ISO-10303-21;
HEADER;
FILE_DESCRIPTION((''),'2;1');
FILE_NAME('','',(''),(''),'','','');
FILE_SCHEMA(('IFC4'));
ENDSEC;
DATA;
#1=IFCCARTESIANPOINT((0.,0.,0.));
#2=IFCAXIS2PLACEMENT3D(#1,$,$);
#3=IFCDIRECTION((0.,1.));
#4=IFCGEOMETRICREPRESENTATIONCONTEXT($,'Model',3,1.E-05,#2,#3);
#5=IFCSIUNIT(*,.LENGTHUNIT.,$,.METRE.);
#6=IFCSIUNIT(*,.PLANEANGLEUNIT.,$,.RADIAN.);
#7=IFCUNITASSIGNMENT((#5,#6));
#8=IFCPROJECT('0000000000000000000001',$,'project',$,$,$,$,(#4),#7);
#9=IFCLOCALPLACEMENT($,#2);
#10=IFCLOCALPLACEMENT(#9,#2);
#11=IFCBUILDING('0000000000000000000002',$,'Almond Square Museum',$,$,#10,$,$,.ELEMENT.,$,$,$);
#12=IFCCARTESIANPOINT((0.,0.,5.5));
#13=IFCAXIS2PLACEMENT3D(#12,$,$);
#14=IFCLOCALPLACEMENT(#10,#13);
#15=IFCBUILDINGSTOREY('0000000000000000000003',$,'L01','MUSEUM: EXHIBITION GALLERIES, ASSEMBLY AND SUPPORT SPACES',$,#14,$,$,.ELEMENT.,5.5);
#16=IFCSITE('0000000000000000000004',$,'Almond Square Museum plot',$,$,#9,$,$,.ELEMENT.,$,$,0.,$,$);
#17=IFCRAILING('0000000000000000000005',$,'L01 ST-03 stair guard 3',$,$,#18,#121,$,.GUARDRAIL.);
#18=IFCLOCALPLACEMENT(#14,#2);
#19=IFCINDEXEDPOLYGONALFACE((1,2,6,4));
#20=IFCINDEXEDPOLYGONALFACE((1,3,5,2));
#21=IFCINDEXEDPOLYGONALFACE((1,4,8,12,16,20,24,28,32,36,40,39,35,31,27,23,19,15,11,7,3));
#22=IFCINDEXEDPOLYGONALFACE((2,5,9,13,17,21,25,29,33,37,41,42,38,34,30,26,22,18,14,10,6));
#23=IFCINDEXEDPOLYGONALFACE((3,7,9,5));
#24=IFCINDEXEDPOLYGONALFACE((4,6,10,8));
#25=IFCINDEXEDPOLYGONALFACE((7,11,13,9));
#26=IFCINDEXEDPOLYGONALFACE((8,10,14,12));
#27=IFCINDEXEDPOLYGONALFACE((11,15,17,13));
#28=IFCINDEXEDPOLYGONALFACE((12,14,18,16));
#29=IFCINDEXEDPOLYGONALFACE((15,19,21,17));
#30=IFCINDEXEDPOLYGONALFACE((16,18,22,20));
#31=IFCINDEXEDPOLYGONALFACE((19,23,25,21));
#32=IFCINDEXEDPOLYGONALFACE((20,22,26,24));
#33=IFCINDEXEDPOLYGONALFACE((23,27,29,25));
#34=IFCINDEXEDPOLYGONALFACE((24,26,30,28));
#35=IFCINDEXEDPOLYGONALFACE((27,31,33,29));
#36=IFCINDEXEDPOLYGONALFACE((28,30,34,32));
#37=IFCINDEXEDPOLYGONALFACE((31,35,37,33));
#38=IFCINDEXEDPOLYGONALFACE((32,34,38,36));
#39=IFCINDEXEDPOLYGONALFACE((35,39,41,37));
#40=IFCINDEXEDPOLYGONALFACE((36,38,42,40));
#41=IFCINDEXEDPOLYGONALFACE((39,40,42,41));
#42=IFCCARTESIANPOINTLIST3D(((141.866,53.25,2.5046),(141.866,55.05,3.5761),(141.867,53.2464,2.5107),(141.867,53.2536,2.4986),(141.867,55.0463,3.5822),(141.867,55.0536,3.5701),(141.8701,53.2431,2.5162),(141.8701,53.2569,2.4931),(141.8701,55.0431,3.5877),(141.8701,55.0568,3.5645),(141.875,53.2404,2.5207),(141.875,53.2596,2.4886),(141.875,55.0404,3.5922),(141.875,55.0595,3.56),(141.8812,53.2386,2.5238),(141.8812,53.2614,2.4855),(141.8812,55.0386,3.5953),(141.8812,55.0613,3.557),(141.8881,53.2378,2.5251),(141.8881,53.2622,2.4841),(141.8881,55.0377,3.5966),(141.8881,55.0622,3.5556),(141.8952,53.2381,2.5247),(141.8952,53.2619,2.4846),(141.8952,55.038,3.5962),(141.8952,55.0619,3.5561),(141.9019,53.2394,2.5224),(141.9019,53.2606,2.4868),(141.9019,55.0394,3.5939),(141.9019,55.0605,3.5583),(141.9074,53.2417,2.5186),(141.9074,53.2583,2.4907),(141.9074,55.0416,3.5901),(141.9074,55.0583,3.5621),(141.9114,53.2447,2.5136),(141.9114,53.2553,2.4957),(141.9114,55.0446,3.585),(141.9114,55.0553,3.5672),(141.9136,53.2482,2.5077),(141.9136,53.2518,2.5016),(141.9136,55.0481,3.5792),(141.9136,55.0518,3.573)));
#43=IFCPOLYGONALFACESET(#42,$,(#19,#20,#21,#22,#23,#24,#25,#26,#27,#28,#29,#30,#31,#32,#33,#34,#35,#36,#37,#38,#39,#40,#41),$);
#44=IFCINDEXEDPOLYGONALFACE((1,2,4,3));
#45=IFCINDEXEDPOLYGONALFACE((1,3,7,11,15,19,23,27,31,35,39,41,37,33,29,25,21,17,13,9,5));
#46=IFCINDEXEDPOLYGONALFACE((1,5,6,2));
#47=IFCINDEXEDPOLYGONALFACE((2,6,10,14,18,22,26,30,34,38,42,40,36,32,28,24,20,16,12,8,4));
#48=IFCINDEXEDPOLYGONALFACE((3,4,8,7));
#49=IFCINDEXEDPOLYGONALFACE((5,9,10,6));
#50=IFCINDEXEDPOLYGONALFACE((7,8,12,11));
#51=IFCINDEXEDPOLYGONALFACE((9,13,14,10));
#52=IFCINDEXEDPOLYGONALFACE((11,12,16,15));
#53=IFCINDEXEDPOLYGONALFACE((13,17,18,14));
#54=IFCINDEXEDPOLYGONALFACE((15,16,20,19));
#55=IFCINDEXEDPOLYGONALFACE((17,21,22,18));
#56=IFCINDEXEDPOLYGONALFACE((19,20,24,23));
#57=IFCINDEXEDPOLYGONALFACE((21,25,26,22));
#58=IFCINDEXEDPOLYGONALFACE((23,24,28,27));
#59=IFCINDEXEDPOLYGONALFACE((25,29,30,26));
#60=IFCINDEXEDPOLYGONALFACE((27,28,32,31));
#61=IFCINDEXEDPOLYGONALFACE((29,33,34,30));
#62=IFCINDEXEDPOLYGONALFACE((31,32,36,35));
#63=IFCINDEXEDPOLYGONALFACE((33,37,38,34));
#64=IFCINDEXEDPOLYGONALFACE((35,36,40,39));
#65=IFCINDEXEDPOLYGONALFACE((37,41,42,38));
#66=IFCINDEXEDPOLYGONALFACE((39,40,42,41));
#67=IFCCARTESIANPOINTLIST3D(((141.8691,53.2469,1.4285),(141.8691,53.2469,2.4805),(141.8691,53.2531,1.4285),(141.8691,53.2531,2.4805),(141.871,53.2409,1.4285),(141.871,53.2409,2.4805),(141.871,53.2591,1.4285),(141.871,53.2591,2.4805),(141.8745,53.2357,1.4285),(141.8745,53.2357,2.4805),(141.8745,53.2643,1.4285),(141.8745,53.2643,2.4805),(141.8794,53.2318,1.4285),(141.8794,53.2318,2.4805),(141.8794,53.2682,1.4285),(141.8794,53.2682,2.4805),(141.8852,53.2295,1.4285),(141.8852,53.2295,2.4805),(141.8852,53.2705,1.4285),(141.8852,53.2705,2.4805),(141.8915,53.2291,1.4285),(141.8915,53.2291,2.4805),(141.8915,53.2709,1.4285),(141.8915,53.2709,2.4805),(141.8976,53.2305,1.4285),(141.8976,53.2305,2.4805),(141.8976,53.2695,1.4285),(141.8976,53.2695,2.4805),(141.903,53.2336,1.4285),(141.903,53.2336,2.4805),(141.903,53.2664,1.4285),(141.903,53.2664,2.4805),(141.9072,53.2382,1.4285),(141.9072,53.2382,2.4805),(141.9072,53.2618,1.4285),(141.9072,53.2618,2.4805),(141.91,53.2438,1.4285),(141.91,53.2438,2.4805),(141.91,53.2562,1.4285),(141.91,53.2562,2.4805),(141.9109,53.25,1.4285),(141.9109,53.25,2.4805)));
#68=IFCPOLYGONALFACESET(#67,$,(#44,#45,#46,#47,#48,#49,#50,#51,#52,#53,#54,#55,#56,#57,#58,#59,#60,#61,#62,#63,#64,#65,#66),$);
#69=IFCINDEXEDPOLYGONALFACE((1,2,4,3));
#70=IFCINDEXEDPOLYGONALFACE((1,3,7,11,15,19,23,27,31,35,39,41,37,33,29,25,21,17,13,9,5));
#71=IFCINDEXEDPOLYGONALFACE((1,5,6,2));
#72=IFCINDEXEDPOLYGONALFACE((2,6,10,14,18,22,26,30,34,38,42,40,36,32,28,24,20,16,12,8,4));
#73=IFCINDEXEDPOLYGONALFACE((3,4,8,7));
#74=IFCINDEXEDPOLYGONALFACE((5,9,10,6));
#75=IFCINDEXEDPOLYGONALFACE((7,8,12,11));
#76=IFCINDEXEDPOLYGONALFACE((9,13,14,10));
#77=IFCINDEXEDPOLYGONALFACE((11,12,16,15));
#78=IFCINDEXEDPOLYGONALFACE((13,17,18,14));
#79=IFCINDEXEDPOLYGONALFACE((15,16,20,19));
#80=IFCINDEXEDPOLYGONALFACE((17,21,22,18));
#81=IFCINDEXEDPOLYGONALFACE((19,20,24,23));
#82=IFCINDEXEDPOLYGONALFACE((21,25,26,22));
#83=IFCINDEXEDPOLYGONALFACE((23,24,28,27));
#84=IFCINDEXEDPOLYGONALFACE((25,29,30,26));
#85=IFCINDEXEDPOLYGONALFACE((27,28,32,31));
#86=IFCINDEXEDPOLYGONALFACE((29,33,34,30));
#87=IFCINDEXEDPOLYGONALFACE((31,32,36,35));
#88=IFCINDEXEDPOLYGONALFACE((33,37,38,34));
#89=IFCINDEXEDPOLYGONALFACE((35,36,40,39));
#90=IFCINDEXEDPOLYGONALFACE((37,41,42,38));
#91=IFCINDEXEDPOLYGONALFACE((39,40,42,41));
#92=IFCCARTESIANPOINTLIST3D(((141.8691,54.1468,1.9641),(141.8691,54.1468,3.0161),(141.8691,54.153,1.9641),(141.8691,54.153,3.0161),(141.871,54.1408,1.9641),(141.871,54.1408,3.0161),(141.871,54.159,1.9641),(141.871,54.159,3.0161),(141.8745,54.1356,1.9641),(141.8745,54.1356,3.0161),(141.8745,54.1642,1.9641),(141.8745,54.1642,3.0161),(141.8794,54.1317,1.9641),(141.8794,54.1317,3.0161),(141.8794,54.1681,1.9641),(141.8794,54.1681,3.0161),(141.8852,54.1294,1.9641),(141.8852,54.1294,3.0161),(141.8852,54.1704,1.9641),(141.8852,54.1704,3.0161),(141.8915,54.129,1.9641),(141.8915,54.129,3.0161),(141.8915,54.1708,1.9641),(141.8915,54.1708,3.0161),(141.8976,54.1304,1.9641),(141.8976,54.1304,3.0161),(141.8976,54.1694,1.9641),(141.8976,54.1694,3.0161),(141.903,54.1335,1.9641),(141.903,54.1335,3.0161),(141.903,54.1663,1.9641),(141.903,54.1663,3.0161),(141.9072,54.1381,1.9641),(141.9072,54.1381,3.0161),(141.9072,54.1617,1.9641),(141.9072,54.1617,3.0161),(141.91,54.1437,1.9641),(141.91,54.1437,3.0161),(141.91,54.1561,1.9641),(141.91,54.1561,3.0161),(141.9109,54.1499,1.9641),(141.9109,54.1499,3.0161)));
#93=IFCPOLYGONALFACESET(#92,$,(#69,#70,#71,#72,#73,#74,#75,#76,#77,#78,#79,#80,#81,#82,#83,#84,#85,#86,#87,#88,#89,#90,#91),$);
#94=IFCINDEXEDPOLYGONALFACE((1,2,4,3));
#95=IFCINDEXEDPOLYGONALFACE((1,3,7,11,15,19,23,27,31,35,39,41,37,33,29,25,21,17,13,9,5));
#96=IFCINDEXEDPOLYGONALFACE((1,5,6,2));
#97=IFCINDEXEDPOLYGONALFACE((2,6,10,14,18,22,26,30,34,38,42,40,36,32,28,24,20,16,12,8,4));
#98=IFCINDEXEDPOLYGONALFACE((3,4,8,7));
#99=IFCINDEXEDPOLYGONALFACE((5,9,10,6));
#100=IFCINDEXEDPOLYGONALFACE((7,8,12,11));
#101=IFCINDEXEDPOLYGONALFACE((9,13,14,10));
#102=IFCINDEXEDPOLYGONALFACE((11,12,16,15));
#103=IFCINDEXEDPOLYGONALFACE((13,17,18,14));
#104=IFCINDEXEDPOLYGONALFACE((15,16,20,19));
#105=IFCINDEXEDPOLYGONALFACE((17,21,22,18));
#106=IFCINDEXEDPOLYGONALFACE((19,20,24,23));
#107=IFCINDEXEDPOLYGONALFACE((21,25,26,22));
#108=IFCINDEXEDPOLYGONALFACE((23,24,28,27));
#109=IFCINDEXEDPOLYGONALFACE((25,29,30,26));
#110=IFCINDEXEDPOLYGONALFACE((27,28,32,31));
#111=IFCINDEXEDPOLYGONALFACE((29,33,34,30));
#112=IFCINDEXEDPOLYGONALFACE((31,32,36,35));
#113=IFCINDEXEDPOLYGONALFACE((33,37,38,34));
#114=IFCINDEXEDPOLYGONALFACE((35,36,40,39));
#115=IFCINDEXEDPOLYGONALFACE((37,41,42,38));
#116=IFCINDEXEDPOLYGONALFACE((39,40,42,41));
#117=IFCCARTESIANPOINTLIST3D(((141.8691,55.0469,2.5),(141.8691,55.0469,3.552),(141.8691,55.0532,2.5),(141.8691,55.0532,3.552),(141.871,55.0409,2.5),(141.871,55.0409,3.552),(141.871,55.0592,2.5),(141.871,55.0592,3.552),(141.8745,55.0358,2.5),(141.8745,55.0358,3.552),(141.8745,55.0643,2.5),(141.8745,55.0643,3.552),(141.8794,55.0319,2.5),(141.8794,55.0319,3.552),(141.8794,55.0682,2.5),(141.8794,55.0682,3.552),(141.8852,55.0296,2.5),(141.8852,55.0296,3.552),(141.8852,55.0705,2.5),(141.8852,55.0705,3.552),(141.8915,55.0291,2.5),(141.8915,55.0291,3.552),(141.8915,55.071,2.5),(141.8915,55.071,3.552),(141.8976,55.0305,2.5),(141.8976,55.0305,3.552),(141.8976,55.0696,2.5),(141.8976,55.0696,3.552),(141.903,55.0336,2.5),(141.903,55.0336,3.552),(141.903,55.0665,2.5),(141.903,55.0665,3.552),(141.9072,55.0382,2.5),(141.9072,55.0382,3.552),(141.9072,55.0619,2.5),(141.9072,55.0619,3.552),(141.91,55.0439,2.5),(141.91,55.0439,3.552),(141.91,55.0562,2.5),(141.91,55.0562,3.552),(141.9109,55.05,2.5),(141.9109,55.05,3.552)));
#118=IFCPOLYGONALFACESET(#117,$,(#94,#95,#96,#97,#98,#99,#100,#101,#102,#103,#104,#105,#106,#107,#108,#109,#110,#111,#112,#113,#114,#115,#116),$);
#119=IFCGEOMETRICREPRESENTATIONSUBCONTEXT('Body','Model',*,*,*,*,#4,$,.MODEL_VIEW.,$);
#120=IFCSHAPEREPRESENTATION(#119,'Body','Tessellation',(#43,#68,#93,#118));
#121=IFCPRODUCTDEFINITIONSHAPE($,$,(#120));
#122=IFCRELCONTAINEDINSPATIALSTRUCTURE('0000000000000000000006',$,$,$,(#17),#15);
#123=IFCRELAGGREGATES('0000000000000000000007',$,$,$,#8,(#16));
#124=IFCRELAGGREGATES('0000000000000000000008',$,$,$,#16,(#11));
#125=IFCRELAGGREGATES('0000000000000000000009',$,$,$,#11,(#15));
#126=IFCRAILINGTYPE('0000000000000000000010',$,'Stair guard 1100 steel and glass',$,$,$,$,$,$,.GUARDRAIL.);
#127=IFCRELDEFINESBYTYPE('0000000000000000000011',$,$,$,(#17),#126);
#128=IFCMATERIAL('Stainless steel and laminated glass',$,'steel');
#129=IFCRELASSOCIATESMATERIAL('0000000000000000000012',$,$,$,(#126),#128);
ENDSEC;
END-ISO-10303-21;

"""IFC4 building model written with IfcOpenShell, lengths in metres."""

from ifc_helpers import new_model, si_unit, direction, frame, origin, origin_2d, place, context, subcontext, project, spatial, circle, extrude, material, type_object, element, save


model = new_model("IFC4")

# Units and contexts
model_context = context("Model", 3, precision=1e-05, world=origin(), true_north=direction((0.0, 1.0)))
body_context = subcontext(model_context, "Body", "Model", "MODEL_VIEW")
ifc_project = project(units=[si_unit("LENGTHUNIT", "METRE"), si_unit("PLANEANGLEUNIT", "RADIAN")], contexts=[model_context])

# Site, building, storey
site_placement = place(None, origin())
site = spatial("IfcSite", under=ifc_project, at=site_placement, Name="Almond Square Museum plot", CompositionType="ELEMENT", RefElevation=0.0)
building_placement = place(site_placement, origin())
building = spatial("IfcBuilding", under=site, at=building_placement, Name="Almond Square Museum", CompositionType="ELEMENT")
storey_placement = place(building_placement, frame((0.0, 0.0, 5.5)))
storey = spatial("IfcBuildingStorey", under=building, at=storey_placement, Name="L01", Description="MUSEUM: EXHIBITION GALLERIES, ASSEMBLY AND SUPPORT SPACES", CompositionType="ELEMENT", Elevation=5.5)

# Railing
ifc_material_1 = material(Name="Stainless steel and laminated glass", Category="steel")
railing_type_1 = type_object("IfcRailingType", Name="Stair guard 1100 steel and glass", PredefinedType="GUARDRAIL", material=ifc_material_1)
railing_1_placement = place(storey_placement, frame((141.8899, 53.25, 1.4285)))
element("IfcRailing", 1, at=railing_1_placement, inside=storey, type_object=railing_type_1, Name="L01 ST-03 stair guard 3", PredefinedType="GUARDRAIL", context=body_context, shape_type="SweptSolid", body=[
    extrude(circle(Radius=0.0239, at=origin_2d()), frame((0.0, 0.0, 1.0762), z_axis=(0.0, 0.859277, 0.51151), x_axis=(-1.0, 0.0, 0.0)), (0.0, 0.0, 1.0), 2.0947),
    extrude(circle(Radius=0.021, at=origin_2d()), origin(), (0.0, 0.0, 1.0), 1.052),
    extrude(circle(Radius=0.021, at=origin_2d()), frame((0.0, 0.8999, 0.5356)), (0.0, 0.0, 1.0), 1.052),
    extrude(circle(Radius=0.021, at=origin_2d()), frame((0.0, 1.8, 1.0715)), (0.0, 0.0, 1.0), 1.052),
])

save(model, "model.ifc")
